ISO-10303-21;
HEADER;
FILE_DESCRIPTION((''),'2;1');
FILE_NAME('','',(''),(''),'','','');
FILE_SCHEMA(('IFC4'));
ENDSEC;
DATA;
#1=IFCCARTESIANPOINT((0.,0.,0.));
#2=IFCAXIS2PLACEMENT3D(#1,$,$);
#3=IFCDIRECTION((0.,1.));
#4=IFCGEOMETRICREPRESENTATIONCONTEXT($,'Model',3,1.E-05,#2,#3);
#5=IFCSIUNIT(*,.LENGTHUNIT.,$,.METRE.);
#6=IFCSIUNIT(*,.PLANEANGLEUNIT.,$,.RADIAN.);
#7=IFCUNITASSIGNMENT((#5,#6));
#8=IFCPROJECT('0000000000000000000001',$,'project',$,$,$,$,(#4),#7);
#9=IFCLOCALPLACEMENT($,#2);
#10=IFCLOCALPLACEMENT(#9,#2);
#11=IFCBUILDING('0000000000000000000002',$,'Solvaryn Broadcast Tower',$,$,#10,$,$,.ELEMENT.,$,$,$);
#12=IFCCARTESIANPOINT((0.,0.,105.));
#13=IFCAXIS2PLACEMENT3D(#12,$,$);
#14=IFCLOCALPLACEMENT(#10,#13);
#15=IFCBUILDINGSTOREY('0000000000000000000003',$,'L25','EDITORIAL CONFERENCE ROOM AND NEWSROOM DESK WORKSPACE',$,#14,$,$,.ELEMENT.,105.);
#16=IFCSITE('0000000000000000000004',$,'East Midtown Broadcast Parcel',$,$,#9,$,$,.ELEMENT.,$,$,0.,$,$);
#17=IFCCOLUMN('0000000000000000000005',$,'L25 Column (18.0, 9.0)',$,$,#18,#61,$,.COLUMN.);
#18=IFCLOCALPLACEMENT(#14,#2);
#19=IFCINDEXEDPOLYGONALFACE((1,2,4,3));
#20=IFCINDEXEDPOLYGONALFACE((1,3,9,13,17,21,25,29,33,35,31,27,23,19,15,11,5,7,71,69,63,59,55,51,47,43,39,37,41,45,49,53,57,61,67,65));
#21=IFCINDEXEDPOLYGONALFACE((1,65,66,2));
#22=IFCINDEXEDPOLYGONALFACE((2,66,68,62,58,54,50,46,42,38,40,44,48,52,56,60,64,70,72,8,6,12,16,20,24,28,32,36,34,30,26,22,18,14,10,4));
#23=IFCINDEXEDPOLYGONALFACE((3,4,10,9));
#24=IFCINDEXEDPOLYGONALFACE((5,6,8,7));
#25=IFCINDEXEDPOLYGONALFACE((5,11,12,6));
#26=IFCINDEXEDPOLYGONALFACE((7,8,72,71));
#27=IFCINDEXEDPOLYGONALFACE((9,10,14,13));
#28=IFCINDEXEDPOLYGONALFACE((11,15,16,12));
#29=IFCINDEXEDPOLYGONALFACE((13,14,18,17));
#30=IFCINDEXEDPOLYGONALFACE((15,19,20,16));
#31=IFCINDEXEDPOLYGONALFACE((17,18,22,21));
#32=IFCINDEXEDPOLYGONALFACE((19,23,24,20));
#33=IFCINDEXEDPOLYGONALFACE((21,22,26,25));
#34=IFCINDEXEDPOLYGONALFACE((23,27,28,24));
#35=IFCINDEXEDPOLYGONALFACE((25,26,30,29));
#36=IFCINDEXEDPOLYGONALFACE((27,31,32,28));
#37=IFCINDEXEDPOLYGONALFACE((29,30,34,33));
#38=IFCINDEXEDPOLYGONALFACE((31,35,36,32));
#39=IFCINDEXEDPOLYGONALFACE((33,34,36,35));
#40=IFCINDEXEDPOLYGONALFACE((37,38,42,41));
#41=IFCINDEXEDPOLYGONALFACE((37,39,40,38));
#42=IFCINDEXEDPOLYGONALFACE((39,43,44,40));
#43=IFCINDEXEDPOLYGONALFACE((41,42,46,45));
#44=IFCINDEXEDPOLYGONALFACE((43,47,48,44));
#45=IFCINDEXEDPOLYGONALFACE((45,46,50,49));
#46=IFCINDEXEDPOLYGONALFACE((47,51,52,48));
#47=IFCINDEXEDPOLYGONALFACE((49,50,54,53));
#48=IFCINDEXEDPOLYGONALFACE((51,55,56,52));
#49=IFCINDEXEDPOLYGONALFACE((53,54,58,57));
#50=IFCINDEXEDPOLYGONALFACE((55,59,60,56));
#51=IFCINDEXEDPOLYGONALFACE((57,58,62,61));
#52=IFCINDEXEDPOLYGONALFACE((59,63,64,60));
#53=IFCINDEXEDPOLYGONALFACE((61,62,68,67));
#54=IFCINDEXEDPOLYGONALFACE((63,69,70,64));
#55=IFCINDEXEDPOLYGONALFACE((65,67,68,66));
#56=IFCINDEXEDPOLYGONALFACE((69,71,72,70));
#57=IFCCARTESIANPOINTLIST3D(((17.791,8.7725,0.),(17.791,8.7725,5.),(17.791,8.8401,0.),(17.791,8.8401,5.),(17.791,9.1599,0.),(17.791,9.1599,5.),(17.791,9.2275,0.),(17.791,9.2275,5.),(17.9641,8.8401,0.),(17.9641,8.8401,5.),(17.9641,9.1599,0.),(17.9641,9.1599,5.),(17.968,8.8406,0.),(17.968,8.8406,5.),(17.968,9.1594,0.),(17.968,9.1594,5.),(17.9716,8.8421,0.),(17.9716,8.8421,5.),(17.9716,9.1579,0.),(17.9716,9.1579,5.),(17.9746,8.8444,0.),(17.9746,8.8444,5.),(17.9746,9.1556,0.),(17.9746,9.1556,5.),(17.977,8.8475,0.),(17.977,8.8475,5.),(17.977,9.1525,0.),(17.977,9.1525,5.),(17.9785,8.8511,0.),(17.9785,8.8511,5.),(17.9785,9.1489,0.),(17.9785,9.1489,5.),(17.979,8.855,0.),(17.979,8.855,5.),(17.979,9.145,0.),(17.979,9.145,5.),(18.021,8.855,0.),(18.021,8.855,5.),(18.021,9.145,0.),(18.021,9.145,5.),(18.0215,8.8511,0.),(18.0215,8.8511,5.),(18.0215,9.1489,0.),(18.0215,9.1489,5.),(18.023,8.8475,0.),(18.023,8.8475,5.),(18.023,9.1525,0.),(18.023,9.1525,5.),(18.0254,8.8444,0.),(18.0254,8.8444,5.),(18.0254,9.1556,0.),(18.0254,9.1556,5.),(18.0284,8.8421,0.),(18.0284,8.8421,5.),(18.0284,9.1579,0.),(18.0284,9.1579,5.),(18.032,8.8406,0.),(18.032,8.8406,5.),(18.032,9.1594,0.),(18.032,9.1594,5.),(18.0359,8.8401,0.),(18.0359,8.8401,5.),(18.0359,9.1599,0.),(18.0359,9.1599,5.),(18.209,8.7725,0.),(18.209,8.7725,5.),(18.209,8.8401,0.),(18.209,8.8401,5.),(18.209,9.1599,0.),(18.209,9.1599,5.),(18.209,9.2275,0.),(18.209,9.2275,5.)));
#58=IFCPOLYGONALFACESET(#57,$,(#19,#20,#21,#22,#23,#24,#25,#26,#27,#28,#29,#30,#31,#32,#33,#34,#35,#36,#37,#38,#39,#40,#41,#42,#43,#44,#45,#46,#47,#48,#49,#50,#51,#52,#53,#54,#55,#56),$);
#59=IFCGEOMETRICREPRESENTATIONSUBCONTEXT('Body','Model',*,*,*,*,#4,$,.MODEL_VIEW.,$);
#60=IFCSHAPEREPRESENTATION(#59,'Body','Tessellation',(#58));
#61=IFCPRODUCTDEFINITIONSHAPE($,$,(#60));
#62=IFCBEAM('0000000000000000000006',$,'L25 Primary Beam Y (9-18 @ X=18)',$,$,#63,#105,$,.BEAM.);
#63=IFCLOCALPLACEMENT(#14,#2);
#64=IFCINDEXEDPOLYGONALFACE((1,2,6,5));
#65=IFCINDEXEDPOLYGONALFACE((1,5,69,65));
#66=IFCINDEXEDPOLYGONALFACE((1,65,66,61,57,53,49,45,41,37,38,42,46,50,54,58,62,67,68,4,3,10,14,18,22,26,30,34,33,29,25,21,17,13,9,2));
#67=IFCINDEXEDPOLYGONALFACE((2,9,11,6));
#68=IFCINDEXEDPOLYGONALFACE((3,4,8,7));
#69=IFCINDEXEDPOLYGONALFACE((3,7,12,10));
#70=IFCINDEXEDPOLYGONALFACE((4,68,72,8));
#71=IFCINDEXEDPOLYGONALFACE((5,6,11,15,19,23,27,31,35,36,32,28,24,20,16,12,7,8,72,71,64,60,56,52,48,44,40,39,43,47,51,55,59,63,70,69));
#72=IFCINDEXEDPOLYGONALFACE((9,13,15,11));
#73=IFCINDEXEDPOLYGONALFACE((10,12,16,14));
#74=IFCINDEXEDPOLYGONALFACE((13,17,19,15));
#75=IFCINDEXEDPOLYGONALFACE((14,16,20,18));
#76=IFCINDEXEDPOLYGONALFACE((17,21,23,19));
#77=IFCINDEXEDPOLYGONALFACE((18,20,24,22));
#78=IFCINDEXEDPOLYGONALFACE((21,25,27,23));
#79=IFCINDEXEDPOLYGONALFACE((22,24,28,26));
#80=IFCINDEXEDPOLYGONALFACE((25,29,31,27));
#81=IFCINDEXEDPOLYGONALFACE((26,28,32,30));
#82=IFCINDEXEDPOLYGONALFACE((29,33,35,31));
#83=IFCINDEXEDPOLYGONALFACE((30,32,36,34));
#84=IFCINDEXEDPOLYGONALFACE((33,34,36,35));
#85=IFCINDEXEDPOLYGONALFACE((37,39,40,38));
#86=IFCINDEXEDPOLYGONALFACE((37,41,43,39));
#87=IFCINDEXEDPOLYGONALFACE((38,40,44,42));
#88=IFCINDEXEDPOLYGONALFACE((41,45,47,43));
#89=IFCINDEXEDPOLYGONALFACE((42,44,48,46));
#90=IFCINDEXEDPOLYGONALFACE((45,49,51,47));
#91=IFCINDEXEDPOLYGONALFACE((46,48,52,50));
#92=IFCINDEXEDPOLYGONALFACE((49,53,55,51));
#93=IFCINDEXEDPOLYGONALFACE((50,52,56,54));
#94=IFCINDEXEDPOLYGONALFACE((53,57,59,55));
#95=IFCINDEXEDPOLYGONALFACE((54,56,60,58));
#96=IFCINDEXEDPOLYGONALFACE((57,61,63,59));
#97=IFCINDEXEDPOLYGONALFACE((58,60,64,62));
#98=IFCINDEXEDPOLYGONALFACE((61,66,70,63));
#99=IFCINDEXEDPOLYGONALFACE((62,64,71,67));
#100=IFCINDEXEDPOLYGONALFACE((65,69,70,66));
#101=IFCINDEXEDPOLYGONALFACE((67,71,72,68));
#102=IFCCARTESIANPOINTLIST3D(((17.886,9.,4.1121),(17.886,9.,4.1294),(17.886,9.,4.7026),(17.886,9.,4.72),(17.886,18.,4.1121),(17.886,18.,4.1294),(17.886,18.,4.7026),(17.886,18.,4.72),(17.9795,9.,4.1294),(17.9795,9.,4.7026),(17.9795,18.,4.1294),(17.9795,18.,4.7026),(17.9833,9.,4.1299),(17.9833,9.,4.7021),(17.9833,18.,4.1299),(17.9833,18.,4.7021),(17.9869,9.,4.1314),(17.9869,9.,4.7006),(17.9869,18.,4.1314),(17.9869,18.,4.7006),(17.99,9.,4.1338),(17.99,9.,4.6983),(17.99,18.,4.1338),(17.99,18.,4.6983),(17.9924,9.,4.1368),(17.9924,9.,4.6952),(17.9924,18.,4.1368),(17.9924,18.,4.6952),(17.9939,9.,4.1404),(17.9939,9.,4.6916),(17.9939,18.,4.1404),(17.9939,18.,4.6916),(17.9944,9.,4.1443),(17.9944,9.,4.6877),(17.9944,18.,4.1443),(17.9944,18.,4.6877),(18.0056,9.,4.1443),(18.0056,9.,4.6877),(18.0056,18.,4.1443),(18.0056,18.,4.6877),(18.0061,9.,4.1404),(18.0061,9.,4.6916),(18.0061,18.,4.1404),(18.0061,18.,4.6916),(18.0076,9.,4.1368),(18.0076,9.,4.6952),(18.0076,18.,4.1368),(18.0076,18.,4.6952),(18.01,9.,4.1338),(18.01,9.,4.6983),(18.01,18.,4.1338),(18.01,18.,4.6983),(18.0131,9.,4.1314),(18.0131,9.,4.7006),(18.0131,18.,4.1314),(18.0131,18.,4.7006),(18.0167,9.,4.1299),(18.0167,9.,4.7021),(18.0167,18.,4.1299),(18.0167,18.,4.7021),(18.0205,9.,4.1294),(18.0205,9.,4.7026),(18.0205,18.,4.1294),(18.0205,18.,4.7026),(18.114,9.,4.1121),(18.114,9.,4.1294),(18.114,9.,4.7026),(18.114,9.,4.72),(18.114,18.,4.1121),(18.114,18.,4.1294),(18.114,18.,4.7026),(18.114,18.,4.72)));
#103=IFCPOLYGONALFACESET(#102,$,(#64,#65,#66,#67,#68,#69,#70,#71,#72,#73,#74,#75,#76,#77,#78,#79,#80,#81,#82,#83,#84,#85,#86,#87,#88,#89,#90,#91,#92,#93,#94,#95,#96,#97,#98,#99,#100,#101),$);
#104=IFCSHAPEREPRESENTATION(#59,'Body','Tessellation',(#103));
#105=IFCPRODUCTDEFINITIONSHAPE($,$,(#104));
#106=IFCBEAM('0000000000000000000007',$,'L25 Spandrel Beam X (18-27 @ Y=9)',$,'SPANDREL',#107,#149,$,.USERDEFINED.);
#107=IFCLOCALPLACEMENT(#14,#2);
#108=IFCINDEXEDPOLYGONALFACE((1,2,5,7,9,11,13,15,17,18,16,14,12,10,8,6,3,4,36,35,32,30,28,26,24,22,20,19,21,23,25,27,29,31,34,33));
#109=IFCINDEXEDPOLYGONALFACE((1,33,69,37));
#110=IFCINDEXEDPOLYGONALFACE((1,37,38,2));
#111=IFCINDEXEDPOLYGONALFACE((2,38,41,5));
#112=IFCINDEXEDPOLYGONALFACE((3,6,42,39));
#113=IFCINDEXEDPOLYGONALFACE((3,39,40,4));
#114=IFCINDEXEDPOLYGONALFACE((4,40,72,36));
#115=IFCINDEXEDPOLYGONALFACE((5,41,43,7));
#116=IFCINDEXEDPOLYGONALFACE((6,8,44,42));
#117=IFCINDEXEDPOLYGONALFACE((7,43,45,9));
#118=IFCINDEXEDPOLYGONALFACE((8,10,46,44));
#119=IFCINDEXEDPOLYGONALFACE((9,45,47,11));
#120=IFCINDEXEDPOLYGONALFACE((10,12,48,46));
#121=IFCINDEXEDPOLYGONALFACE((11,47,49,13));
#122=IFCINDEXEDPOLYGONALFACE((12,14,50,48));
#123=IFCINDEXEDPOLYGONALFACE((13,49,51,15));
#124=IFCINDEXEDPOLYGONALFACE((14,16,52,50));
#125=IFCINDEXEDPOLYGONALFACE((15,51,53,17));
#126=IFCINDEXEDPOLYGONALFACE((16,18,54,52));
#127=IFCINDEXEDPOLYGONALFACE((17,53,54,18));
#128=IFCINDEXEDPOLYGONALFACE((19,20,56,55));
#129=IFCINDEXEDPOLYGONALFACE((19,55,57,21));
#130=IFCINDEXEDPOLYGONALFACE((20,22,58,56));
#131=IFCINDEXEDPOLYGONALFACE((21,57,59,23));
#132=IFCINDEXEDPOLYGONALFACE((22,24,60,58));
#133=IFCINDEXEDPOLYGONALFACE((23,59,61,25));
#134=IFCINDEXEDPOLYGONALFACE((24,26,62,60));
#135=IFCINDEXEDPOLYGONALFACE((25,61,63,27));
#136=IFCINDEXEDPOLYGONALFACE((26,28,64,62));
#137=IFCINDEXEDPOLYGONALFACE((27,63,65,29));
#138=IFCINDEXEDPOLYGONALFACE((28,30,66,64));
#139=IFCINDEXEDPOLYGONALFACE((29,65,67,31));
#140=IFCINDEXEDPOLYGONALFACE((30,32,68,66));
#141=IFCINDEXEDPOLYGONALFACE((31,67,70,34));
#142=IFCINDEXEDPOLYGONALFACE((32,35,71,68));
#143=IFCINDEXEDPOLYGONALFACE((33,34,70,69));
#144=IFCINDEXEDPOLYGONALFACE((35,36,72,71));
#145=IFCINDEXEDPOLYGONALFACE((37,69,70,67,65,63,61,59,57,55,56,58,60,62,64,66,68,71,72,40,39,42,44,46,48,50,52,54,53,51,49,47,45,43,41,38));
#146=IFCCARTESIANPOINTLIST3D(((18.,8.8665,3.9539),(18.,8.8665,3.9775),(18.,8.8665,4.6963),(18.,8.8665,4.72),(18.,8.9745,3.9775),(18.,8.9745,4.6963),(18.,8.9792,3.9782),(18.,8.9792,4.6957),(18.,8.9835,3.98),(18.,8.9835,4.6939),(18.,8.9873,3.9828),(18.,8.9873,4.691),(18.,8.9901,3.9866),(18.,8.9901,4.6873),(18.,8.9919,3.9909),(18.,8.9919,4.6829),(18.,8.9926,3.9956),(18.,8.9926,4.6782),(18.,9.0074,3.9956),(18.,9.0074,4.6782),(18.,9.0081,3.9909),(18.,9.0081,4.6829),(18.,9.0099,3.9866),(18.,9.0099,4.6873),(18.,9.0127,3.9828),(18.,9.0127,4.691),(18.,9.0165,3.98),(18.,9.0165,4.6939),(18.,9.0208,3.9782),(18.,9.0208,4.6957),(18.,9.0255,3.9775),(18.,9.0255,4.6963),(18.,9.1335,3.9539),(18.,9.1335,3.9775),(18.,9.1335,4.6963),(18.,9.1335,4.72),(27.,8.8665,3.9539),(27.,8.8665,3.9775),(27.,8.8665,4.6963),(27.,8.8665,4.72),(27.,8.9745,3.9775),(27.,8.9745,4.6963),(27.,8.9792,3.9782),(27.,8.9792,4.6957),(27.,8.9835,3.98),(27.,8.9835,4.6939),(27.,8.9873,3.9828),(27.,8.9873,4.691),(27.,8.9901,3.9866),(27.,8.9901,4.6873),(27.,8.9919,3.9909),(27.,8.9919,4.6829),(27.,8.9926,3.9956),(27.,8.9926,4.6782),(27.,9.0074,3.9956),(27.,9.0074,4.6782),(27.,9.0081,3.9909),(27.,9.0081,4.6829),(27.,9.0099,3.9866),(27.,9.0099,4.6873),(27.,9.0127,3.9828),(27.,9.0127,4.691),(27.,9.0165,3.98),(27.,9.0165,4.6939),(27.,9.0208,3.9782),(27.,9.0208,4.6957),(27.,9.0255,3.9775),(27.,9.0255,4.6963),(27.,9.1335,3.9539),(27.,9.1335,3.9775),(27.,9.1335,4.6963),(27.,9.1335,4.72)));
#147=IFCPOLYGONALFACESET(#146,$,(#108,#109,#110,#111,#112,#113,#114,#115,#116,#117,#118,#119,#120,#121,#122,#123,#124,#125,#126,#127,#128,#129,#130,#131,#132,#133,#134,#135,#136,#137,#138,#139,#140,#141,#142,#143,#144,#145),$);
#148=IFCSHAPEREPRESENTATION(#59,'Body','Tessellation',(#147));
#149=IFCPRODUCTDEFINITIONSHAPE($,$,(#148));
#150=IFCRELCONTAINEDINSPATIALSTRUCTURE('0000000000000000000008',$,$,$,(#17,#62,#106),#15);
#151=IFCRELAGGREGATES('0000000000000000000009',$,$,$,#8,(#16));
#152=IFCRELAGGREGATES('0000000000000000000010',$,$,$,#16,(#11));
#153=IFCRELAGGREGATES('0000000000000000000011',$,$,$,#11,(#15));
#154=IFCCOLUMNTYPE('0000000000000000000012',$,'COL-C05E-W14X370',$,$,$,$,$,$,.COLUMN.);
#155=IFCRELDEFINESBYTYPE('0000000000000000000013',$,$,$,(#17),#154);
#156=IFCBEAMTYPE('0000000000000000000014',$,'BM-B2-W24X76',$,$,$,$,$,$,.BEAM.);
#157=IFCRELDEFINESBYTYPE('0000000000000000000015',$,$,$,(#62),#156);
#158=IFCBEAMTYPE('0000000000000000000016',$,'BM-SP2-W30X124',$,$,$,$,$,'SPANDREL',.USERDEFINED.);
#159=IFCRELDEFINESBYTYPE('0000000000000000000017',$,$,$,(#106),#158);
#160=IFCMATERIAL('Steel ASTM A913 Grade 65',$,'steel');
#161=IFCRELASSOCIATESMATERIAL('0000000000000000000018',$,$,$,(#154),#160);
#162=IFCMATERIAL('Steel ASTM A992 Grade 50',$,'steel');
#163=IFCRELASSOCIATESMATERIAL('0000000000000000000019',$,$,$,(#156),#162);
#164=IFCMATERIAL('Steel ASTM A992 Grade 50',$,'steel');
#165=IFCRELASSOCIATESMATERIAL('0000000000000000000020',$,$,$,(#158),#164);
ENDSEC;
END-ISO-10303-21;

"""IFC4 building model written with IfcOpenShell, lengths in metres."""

from ifc_helpers import new_model, si_unit, direction, frame, origin, origin_2d, place, context, subcontext, project, spatial, i_section, extrude, material, material_profile, profile_set, type_object, element, save


model = new_model("IFC4")

# Units and contexts
model_context = context("Model", 3, precision=1e-05, world=origin(), true_north=direction((0.0, 1.0)))
body_context = subcontext(model_context, "Body", "Model", "MODEL_VIEW")
ifc_project = project(units=[si_unit("LENGTHUNIT", "METRE"), si_unit("PLANEANGLEUNIT", "RADIAN")], contexts=[model_context])

# Site, building, storey
site_placement = place(None, origin())
site = spatial("IfcSite", under=ifc_project, at=site_placement, Name="East Midtown Broadcast Parcel", CompositionType="ELEMENT", RefElevation=0.0)
building_placement = place(site_placement, origin())
building = spatial("IfcBuilding", under=site, at=building_placement, Name="Solvaryn Broadcast Tower", CompositionType="ELEMENT")
storey_placement = place(building_placement, frame((0.0, 0.0, 105.0)))
storey = spatial("IfcBuildingStorey", under=building, at=storey_placement, Name="L25", Description="EDITORIAL CONFERENCE ROOM AND NEWSROOM DESK WORKSPACE", CompositionType="ELEMENT", Elevation=105.0)

# Column
ifc_material_1 = material(Name="Steel ASTM A913 Grade 65", Category="steel")
ifc_material_profile_1 = material_profile(ifc_material_1, i_section(OverallWidth=0.418, OverallDepth=0.4551, WebThickness=0.042, FlangeThickness=0.0676, FilletRadius=0.0149, at=origin_2d()))
ifc_profile_set_1 = profile_set([ifc_material_profile_1], Name="Steel ASTM A913 Grade 65")
column_type = type_object("IfcColumnType", Name="COL-C05E-W14X370", PredefinedType="COLUMN", material=ifc_profile_set_1)
column_placement = place(storey_placement, frame((18.0, 9.0, 0.0), z_axis=(0.0, 0.0, 1.0), x_axis=(1.0, 0.0, 0.0)))
element("IfcColumn", 1, at=column_placement, inside=storey, type_object=column_type, Name="L25 Column (18.0, 9.0)", PredefinedType="COLUMN", context=body_context, shape_type="SweptSolid", body=[
    extrude(i_section(OverallWidth=0.418, OverallDepth=0.4551, WebThickness=0.042, FlangeThickness=0.0676, FilletRadius=0.0149, at=origin_2d()), origin(), (0.0, 0.0, 1.0), 5.0),
])

# Beams
ifc_material_2 = material(Name="Steel ASTM A992 Grade 50", Category="steel")
ifc_material_profile_2 = material_profile(ifc_material_2, i_section(OverallWidth=0.228, OverallDepth=0.6079, WebThickness=0.0112, FlangeThickness=0.0173, FilletRadius=0.0149, at=origin_2d()))
ifc_profile_set_2 = profile_set([ifc_material_profile_2], Name="Steel ASTM A992 Grade 50")
beam_type_1 = type_object("IfcBeamType", Name="BM-B2-W24X76", PredefinedType="BEAM", material=ifc_profile_set_2)
beam_1_placement = place(storey_placement, frame((18.0, 9.0, 4.416), z_axis=(0.0, 1.0, 0.0), x_axis=(-1.0, 0.0, 0.0)))
element("IfcBeam", 2, at=beam_1_placement, inside=storey, type_object=beam_type_1, Name="L25 Primary Beam Y (9-18 @ X=18)", PredefinedType="BEAM", context=body_context, shape_type="SweptSolid", body=[
    extrude(i_section(OverallWidth=0.228, OverallDepth=0.6079, WebThickness=0.0112, FlangeThickness=0.0173, FilletRadius=0.0149, at=origin_2d()), origin(), (0.0, 0.0, 1.0), 9.0),
])
ifc_material_3 = material(Name="Steel ASTM A992 Grade 50", Category="steel")
ifc_material_profile_3 = material_profile(ifc_material_3, i_section(OverallWidth=0.2671, OverallDepth=0.7661, WebThickness=0.0149, FlangeThickness=0.0237, FilletRadius=0.0181, at=origin_2d()))
ifc_profile_set_3 = profile_set([ifc_material_profile_3], Name="Steel ASTM A992 Grade 50")
beam_type_2 = type_object("IfcBeamType", Name="BM-SP2-W30X124", ElementType="SPANDREL", PredefinedType="USERDEFINED", material=ifc_profile_set_3)
beam_2_placement = place(storey_placement, frame((18.0, 9.0, 4.3369), z_axis=(1.0, 0.0, 0.0), x_axis=(0.0, 1.0, 0.0)))
element("IfcBeam", 3, at=beam_2_placement, inside=storey, type_object=beam_type_2, Name="L25 Spandrel Beam X (18-27 @ Y=9)", ObjectType="SPANDREL", PredefinedType="USERDEFINED", context=body_context, shape_type="SweptSolid", body=[
    extrude(i_section(OverallWidth=0.2671, OverallDepth=0.7661, WebThickness=0.0149, FlangeThickness=0.0237, FilletRadius=0.0181, at=origin_2d()), origin(), (0.0, 0.0, 1.0), 9.0),
])

save(model, "model.ifc")
